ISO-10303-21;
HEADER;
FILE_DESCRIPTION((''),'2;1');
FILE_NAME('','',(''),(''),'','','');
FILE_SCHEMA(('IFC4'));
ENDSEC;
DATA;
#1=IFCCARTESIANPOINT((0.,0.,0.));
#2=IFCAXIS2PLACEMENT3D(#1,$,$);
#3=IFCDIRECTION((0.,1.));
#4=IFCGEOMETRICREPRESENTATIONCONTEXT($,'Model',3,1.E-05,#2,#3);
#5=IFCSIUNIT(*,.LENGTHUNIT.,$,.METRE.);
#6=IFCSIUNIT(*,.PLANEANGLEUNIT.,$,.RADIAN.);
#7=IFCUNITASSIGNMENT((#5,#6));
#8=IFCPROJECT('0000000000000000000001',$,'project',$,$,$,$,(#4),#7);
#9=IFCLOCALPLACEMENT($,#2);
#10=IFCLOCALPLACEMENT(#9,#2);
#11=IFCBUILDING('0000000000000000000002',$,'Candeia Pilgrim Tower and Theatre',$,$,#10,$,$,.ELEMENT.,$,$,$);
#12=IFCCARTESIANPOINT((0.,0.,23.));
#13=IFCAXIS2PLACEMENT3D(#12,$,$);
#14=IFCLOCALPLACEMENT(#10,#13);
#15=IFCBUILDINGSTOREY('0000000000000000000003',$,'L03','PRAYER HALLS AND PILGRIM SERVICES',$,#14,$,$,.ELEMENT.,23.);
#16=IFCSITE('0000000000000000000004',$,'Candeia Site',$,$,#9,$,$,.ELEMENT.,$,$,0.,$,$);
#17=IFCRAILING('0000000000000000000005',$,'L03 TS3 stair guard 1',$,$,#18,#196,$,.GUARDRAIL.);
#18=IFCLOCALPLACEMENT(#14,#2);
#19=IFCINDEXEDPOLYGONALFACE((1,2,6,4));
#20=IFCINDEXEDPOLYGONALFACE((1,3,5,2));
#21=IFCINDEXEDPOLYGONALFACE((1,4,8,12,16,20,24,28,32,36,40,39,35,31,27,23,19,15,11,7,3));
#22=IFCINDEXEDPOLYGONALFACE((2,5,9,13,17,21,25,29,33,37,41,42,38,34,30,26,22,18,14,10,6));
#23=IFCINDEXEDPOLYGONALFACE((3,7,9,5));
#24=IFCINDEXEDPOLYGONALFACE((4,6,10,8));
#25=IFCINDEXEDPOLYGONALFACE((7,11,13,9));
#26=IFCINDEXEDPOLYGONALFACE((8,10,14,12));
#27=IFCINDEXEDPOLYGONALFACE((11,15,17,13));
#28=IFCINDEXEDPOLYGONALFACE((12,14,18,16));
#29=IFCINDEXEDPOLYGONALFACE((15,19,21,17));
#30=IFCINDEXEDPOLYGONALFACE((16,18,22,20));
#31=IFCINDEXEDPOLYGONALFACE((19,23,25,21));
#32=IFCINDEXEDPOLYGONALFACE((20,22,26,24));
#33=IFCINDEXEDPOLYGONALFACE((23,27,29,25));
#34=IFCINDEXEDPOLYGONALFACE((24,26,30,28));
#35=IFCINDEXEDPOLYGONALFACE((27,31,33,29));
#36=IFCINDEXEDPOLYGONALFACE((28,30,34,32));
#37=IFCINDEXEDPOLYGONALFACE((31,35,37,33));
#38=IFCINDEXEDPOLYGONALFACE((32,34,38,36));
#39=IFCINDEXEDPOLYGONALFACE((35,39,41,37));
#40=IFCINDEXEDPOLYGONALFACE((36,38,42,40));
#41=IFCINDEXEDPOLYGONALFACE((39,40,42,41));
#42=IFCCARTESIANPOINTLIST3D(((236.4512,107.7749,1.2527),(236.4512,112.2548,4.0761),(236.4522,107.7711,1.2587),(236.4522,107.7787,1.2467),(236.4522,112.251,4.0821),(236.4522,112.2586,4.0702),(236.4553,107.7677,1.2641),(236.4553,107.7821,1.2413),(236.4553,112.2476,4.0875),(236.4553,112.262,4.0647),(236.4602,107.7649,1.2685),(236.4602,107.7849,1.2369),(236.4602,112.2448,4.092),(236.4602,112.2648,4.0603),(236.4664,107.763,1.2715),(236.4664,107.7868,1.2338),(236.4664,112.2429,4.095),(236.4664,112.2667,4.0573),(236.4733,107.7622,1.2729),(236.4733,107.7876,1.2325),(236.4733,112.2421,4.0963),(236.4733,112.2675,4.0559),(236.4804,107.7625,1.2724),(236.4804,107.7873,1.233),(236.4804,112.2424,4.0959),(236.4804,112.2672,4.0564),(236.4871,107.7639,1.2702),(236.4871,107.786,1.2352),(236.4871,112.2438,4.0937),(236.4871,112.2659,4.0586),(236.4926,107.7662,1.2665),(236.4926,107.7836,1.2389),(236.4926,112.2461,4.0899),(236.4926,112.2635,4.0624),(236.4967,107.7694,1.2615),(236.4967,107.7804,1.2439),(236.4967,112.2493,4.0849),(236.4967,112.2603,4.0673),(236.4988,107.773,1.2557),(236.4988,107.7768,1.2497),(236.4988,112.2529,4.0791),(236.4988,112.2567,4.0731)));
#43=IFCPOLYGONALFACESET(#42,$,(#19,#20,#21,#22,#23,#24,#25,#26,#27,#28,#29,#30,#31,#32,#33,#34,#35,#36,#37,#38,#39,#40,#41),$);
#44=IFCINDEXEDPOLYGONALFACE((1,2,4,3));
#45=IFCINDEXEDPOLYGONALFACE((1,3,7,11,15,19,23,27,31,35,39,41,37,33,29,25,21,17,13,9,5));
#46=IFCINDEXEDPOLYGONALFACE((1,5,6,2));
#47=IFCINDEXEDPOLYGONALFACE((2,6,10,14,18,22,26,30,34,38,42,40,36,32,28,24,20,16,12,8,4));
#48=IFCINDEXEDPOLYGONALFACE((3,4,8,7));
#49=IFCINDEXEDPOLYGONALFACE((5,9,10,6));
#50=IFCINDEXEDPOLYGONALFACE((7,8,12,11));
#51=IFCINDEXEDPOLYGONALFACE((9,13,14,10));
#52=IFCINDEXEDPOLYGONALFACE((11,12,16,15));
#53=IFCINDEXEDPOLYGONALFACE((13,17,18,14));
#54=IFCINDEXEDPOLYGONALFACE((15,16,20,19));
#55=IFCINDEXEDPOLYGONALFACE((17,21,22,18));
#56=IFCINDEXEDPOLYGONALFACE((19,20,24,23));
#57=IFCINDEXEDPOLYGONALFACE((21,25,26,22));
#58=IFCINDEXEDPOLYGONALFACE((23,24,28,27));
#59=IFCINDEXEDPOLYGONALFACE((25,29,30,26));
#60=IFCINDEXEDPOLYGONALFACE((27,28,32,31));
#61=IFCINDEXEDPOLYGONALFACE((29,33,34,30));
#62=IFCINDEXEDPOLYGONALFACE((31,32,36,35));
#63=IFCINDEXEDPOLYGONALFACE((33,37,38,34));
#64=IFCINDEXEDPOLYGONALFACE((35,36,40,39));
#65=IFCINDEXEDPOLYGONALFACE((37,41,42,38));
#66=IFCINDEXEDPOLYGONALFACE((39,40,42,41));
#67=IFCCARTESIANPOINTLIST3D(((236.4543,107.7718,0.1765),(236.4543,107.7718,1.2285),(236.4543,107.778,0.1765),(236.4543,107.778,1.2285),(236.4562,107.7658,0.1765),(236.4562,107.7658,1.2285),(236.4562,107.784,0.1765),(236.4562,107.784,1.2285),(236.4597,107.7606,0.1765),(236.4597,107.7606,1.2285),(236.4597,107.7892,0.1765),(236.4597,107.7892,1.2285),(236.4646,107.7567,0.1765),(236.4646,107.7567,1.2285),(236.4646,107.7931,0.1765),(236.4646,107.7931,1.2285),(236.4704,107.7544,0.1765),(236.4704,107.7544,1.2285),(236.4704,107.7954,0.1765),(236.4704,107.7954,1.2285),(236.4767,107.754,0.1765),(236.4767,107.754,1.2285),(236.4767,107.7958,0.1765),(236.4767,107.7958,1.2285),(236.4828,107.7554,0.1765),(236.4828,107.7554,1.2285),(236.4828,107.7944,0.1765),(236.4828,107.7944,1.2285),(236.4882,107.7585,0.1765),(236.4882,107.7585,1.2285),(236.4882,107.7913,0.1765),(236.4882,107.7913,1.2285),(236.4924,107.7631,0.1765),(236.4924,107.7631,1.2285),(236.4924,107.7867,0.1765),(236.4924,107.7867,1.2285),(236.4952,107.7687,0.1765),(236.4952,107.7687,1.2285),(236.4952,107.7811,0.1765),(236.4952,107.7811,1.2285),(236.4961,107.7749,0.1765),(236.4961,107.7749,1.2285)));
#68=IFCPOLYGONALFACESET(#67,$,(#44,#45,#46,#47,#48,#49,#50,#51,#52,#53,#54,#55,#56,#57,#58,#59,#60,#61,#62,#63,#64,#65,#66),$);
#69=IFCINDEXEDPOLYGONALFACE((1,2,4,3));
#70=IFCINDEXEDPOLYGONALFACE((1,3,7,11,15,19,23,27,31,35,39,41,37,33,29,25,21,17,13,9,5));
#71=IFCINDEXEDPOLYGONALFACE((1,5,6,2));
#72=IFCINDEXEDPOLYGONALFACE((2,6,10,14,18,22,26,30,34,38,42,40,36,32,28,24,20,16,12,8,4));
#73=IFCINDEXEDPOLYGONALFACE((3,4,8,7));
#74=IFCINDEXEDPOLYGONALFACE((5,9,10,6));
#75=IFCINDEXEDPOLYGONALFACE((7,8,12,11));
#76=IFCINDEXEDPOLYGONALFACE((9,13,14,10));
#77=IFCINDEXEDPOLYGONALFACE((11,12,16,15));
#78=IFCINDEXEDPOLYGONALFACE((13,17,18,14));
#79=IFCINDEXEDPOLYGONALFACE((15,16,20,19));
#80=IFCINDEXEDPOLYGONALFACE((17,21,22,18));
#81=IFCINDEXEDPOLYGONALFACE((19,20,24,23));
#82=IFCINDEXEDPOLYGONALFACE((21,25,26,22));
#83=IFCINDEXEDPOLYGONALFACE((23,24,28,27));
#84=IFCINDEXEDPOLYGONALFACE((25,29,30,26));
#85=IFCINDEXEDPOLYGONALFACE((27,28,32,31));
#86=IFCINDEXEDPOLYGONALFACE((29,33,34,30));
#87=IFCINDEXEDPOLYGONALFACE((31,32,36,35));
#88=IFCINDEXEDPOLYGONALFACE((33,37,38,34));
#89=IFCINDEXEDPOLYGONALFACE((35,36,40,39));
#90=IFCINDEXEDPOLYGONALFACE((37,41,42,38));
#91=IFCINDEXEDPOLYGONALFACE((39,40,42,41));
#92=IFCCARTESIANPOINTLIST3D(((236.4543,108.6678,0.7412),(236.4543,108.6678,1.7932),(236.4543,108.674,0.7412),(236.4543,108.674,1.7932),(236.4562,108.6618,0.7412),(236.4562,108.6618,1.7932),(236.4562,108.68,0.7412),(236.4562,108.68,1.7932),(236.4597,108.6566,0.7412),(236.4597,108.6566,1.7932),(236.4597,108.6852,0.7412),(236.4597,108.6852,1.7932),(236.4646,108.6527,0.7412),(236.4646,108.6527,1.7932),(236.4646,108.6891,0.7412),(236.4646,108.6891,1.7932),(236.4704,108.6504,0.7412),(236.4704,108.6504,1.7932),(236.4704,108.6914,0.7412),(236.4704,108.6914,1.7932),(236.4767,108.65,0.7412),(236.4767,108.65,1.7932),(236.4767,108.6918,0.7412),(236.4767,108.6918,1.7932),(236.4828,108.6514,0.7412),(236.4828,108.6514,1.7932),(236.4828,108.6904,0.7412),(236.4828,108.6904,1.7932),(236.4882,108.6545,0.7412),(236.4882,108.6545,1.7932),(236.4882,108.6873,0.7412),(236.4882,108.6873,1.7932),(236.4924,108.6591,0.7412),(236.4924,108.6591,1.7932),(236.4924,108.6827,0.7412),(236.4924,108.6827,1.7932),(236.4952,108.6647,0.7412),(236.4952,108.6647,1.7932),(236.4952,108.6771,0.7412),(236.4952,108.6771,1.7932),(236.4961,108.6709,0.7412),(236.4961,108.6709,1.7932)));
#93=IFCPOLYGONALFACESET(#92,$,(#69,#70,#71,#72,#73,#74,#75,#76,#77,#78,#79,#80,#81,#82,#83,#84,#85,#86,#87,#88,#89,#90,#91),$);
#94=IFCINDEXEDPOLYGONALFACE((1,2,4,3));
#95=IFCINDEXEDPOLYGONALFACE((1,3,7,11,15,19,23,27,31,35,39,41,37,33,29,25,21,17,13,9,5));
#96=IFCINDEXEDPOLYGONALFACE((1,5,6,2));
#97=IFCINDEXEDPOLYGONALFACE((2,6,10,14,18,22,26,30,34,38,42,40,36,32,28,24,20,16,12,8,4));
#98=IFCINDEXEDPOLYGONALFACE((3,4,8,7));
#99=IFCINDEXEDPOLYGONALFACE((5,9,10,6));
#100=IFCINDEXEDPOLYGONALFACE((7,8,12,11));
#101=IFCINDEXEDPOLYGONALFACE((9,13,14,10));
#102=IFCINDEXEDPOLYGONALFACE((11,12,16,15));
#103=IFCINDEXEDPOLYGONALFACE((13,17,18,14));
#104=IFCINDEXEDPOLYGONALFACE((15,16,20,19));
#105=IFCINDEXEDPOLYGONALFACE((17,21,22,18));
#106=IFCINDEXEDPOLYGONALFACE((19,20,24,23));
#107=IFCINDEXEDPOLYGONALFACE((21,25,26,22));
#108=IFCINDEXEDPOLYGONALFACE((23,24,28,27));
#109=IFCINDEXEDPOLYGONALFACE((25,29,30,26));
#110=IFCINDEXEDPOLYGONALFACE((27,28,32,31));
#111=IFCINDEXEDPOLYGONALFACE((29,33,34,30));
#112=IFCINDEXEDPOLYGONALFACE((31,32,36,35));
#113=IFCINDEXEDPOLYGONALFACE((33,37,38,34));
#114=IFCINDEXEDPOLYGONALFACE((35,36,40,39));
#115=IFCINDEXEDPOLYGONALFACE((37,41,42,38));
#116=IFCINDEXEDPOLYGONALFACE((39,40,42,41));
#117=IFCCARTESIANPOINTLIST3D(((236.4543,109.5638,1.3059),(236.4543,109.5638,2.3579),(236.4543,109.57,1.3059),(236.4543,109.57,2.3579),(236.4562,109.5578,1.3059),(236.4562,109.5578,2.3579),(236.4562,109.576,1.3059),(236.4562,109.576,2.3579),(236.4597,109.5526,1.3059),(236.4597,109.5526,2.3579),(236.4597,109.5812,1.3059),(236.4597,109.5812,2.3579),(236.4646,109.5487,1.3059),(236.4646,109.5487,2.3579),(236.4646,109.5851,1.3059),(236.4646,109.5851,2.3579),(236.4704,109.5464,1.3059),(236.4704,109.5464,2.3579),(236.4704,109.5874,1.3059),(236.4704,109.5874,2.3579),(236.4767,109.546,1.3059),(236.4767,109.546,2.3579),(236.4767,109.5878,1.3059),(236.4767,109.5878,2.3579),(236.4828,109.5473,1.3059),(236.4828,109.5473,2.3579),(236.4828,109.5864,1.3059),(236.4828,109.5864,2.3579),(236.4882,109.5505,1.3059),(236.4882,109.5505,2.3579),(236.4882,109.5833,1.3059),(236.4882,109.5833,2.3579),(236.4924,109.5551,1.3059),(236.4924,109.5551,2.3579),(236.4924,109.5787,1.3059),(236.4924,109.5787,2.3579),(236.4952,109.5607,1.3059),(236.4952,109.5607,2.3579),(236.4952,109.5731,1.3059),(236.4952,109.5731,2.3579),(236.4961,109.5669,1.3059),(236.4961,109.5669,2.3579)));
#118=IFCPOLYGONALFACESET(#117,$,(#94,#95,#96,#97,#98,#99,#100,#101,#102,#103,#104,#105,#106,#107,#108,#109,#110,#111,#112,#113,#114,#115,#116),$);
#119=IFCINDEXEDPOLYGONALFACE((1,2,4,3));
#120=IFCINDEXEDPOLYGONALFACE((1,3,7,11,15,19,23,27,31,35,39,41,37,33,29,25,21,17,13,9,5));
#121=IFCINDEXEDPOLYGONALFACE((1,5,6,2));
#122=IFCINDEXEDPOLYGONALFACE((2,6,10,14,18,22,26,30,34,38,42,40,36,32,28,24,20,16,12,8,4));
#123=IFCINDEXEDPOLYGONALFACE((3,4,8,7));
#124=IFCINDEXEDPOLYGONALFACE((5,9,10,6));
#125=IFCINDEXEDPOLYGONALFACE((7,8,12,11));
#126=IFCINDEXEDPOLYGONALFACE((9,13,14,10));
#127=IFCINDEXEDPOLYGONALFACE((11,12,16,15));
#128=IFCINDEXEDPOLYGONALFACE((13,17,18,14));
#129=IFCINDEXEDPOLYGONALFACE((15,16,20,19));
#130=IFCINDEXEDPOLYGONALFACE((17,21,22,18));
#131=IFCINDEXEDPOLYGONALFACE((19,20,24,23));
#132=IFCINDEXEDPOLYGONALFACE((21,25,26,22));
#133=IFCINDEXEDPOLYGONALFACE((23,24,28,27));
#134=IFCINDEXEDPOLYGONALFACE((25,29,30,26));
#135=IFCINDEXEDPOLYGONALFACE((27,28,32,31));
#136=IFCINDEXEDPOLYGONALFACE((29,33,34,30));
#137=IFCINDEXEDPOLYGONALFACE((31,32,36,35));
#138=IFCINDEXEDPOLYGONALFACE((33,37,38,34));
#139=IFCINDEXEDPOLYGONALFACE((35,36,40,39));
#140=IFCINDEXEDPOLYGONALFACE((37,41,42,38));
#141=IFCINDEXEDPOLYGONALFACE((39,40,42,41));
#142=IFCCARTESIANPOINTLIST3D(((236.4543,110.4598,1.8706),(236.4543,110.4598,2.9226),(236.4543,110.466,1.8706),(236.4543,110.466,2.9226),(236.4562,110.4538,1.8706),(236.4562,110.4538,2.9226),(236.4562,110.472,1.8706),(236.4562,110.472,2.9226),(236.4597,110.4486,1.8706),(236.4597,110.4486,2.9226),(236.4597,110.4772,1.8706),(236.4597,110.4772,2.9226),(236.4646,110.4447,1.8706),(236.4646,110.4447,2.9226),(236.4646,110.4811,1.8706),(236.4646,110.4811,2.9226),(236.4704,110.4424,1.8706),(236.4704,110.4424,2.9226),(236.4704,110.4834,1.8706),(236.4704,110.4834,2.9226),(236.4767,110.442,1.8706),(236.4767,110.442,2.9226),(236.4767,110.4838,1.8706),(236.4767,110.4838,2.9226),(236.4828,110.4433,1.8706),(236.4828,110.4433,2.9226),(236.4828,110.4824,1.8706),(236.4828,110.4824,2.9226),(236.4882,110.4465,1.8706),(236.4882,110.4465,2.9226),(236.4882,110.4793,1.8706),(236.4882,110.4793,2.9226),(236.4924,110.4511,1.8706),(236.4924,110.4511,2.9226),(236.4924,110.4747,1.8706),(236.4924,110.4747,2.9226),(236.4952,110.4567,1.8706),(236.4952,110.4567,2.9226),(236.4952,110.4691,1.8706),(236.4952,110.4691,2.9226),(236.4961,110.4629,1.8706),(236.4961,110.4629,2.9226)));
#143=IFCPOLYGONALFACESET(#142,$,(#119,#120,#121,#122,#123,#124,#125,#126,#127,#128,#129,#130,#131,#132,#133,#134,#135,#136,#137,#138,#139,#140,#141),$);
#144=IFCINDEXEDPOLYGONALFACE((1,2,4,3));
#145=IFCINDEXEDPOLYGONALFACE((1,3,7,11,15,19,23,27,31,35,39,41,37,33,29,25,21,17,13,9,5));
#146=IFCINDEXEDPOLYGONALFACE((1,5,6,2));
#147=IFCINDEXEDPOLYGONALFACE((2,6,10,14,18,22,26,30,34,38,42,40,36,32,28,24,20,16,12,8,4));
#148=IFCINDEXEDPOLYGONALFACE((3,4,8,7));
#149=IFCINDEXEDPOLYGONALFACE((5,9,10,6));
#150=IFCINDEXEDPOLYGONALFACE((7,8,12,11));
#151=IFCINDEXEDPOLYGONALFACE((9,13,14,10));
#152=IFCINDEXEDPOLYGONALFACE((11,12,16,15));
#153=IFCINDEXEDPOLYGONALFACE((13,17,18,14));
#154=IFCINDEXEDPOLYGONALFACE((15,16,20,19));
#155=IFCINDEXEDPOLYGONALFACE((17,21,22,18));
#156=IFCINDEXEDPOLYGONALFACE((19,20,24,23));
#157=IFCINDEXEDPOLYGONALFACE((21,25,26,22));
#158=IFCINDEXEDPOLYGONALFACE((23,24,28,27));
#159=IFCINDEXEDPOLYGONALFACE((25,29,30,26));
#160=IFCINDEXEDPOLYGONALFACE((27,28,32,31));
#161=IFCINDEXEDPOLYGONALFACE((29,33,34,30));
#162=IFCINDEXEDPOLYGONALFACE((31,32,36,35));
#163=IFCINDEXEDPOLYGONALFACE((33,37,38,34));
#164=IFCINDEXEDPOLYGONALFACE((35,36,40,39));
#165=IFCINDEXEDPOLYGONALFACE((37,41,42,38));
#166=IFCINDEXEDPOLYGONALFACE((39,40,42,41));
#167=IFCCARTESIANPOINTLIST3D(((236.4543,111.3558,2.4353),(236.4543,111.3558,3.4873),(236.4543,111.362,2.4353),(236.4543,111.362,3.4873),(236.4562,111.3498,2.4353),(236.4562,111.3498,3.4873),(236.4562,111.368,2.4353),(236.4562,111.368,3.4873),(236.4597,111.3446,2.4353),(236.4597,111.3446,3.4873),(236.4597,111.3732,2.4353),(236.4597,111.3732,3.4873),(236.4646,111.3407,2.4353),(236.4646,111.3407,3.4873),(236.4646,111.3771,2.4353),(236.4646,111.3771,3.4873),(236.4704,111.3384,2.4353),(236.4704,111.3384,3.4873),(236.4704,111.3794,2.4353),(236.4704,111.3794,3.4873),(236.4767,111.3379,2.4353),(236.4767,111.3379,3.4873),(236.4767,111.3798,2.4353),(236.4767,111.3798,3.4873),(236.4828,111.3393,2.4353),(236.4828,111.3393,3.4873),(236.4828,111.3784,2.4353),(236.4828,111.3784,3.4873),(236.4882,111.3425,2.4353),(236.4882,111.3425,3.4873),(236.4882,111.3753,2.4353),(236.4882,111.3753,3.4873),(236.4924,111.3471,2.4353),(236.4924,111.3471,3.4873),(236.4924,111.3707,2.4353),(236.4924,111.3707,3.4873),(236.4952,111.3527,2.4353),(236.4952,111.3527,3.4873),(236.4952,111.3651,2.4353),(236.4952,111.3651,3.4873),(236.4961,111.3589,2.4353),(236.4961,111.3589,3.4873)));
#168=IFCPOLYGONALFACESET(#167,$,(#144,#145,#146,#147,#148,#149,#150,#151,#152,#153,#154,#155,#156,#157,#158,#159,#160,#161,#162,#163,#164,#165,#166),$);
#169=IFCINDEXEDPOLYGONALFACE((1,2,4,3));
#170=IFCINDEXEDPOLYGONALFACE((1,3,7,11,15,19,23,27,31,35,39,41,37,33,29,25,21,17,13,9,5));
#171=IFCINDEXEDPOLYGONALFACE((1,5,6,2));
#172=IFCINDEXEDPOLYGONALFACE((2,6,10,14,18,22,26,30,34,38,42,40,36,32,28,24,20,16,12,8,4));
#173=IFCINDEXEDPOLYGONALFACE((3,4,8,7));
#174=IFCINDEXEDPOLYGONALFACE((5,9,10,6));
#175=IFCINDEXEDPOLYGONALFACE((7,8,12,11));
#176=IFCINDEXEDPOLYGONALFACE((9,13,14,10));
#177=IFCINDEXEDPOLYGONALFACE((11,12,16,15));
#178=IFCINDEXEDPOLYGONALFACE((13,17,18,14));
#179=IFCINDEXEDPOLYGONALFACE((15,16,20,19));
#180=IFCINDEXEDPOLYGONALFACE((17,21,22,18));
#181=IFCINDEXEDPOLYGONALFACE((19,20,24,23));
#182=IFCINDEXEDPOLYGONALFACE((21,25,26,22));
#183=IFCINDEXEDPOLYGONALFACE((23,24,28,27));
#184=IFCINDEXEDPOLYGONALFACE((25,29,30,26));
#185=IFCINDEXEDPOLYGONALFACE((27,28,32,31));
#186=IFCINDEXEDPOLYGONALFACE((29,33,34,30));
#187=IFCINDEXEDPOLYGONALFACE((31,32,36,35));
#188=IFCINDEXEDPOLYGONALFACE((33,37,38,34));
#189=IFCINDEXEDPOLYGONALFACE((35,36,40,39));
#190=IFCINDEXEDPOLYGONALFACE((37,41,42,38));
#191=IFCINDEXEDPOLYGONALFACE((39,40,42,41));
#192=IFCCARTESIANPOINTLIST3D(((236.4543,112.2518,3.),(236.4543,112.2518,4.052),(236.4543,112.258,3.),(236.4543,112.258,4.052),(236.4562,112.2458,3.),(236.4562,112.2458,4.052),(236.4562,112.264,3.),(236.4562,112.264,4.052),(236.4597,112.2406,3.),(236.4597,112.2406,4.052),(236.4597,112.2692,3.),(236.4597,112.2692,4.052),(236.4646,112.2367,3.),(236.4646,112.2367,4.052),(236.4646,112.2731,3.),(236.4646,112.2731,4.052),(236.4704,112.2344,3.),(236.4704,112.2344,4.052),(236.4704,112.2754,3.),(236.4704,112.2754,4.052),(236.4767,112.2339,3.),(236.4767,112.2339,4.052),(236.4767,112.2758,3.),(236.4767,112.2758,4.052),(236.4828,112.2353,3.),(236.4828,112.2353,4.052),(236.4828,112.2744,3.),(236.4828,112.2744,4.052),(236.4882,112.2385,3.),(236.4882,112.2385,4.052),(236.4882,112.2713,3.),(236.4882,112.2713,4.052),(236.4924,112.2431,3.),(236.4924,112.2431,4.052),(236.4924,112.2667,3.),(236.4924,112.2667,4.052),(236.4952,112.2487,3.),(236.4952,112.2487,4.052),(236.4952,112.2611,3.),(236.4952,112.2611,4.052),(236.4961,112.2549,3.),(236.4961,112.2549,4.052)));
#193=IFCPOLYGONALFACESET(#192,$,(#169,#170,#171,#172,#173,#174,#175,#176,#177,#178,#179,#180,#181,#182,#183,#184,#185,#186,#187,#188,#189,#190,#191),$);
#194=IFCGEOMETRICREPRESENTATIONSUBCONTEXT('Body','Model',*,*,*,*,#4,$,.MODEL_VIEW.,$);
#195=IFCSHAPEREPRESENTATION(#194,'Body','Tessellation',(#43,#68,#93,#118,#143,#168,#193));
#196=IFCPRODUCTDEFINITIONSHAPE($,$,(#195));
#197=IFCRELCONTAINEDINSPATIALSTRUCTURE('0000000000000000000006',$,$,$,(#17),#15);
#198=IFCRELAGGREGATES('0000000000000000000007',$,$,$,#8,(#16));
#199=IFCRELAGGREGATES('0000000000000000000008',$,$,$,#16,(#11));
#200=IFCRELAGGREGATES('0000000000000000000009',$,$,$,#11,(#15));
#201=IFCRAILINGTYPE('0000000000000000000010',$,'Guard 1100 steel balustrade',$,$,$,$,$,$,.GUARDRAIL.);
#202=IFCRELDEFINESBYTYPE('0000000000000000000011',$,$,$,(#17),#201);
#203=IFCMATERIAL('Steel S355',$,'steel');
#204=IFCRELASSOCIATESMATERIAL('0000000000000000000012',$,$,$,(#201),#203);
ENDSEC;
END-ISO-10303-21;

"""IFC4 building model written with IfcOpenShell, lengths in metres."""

from ifc_helpers import new_model, si_unit, direction, frame, origin, origin_2d, place, context, subcontext, project, spatial, circle, extrude, material, type_object, element, save


model = new_model("IFC4")

# Units and contexts
model_context = context("Model", 3, precision=1e-05, world=origin(), true_north=direction((0.0, 1.0)))
body_context = subcontext(model_context, "Body", "Model", "MODEL_VIEW")
ifc_project = project(units=[si_unit("LENGTHUNIT", "METRE"), si_unit("PLANEANGLEUNIT", "RADIAN")], contexts=[model_context])

# Site, building, storey
site_placement = place(None, origin())
site = spatial("IfcSite", under=ifc_project, at=site_placement, Name="Candeia Site", CompositionType="ELEMENT", RefElevation=0.0)
building_placement = place(site_placement, origin())
building = spatial("IfcBuilding", under=site, at=building_placement, Name="Candeia Pilgrim Tower and Theatre", CompositionType="ELEMENT")
storey_placement = place(building_placement, frame((0.0, 0.0, 23.0)))
storey = spatial("IfcBuildingStorey", under=building, at=storey_placement, Name="L03", Description="PRAYER HALLS AND PILGRIM SERVICES", CompositionType="ELEMENT", Elevation=23.0)

# Railing
ifc_material_1 = material(Name="Steel S355", Category="steel")
railing_type_1 = type_object("IfcRailingType", Name="Guard 1100 steel balustrade", PredefinedType="GUARDRAIL", material=ifc_material_1)
railing_1_placement = place(storey_placement, frame((236.4751, 107.7749, 0.1765)))
element("IfcRailing", 1, at=railing_1_placement, inside=storey, type_object=railing_type_1, Name="L03 TS3 stair guard 1", PredefinedType="GUARDRAIL", context=body_context, shape_type="SweptSolid", body=[
    extrude(circle(Radius=0.0239, at=origin_2d()), frame((0.0, 0.0, 1.0762), z_axis=(0.0, 0.845998, 0.533186), x_axis=(-1.0, 0.0, 0.0)), (0.0, 0.0, 1.0), 5.2954),
    extrude(circle(Radius=0.021, at=origin_2d()), origin(), (0.0, 0.0, 1.0), 1.052),
    extrude(circle(Radius=0.021, at=origin_2d()), frame((0.0, 0.896, 0.5647)), (0.0, 0.0, 1.0), 1.052),
    extrude(circle(Radius=0.021, at=origin_2d()), frame((0.0, 1.792, 1.1294)), (0.0, 0.0, 1.0), 1.052),
    extrude(circle(Radius=0.021, at=origin_2d()), frame((0.0, 2.688, 1.6941)), (0.0, 0.0, 1.0), 1.052),
    extrude(circle(Radius=0.021, at=origin_2d()), frame((0.0, 3.584, 2.2588)), (0.0, 0.0, 1.0), 1.052),
    extrude(circle(Radius=0.021, at=origin_2d()), frame((0.0, 4.48, 2.8235)), (0.0, 0.0, 1.0), 1.052),
])

save(model, "model.ifc")
